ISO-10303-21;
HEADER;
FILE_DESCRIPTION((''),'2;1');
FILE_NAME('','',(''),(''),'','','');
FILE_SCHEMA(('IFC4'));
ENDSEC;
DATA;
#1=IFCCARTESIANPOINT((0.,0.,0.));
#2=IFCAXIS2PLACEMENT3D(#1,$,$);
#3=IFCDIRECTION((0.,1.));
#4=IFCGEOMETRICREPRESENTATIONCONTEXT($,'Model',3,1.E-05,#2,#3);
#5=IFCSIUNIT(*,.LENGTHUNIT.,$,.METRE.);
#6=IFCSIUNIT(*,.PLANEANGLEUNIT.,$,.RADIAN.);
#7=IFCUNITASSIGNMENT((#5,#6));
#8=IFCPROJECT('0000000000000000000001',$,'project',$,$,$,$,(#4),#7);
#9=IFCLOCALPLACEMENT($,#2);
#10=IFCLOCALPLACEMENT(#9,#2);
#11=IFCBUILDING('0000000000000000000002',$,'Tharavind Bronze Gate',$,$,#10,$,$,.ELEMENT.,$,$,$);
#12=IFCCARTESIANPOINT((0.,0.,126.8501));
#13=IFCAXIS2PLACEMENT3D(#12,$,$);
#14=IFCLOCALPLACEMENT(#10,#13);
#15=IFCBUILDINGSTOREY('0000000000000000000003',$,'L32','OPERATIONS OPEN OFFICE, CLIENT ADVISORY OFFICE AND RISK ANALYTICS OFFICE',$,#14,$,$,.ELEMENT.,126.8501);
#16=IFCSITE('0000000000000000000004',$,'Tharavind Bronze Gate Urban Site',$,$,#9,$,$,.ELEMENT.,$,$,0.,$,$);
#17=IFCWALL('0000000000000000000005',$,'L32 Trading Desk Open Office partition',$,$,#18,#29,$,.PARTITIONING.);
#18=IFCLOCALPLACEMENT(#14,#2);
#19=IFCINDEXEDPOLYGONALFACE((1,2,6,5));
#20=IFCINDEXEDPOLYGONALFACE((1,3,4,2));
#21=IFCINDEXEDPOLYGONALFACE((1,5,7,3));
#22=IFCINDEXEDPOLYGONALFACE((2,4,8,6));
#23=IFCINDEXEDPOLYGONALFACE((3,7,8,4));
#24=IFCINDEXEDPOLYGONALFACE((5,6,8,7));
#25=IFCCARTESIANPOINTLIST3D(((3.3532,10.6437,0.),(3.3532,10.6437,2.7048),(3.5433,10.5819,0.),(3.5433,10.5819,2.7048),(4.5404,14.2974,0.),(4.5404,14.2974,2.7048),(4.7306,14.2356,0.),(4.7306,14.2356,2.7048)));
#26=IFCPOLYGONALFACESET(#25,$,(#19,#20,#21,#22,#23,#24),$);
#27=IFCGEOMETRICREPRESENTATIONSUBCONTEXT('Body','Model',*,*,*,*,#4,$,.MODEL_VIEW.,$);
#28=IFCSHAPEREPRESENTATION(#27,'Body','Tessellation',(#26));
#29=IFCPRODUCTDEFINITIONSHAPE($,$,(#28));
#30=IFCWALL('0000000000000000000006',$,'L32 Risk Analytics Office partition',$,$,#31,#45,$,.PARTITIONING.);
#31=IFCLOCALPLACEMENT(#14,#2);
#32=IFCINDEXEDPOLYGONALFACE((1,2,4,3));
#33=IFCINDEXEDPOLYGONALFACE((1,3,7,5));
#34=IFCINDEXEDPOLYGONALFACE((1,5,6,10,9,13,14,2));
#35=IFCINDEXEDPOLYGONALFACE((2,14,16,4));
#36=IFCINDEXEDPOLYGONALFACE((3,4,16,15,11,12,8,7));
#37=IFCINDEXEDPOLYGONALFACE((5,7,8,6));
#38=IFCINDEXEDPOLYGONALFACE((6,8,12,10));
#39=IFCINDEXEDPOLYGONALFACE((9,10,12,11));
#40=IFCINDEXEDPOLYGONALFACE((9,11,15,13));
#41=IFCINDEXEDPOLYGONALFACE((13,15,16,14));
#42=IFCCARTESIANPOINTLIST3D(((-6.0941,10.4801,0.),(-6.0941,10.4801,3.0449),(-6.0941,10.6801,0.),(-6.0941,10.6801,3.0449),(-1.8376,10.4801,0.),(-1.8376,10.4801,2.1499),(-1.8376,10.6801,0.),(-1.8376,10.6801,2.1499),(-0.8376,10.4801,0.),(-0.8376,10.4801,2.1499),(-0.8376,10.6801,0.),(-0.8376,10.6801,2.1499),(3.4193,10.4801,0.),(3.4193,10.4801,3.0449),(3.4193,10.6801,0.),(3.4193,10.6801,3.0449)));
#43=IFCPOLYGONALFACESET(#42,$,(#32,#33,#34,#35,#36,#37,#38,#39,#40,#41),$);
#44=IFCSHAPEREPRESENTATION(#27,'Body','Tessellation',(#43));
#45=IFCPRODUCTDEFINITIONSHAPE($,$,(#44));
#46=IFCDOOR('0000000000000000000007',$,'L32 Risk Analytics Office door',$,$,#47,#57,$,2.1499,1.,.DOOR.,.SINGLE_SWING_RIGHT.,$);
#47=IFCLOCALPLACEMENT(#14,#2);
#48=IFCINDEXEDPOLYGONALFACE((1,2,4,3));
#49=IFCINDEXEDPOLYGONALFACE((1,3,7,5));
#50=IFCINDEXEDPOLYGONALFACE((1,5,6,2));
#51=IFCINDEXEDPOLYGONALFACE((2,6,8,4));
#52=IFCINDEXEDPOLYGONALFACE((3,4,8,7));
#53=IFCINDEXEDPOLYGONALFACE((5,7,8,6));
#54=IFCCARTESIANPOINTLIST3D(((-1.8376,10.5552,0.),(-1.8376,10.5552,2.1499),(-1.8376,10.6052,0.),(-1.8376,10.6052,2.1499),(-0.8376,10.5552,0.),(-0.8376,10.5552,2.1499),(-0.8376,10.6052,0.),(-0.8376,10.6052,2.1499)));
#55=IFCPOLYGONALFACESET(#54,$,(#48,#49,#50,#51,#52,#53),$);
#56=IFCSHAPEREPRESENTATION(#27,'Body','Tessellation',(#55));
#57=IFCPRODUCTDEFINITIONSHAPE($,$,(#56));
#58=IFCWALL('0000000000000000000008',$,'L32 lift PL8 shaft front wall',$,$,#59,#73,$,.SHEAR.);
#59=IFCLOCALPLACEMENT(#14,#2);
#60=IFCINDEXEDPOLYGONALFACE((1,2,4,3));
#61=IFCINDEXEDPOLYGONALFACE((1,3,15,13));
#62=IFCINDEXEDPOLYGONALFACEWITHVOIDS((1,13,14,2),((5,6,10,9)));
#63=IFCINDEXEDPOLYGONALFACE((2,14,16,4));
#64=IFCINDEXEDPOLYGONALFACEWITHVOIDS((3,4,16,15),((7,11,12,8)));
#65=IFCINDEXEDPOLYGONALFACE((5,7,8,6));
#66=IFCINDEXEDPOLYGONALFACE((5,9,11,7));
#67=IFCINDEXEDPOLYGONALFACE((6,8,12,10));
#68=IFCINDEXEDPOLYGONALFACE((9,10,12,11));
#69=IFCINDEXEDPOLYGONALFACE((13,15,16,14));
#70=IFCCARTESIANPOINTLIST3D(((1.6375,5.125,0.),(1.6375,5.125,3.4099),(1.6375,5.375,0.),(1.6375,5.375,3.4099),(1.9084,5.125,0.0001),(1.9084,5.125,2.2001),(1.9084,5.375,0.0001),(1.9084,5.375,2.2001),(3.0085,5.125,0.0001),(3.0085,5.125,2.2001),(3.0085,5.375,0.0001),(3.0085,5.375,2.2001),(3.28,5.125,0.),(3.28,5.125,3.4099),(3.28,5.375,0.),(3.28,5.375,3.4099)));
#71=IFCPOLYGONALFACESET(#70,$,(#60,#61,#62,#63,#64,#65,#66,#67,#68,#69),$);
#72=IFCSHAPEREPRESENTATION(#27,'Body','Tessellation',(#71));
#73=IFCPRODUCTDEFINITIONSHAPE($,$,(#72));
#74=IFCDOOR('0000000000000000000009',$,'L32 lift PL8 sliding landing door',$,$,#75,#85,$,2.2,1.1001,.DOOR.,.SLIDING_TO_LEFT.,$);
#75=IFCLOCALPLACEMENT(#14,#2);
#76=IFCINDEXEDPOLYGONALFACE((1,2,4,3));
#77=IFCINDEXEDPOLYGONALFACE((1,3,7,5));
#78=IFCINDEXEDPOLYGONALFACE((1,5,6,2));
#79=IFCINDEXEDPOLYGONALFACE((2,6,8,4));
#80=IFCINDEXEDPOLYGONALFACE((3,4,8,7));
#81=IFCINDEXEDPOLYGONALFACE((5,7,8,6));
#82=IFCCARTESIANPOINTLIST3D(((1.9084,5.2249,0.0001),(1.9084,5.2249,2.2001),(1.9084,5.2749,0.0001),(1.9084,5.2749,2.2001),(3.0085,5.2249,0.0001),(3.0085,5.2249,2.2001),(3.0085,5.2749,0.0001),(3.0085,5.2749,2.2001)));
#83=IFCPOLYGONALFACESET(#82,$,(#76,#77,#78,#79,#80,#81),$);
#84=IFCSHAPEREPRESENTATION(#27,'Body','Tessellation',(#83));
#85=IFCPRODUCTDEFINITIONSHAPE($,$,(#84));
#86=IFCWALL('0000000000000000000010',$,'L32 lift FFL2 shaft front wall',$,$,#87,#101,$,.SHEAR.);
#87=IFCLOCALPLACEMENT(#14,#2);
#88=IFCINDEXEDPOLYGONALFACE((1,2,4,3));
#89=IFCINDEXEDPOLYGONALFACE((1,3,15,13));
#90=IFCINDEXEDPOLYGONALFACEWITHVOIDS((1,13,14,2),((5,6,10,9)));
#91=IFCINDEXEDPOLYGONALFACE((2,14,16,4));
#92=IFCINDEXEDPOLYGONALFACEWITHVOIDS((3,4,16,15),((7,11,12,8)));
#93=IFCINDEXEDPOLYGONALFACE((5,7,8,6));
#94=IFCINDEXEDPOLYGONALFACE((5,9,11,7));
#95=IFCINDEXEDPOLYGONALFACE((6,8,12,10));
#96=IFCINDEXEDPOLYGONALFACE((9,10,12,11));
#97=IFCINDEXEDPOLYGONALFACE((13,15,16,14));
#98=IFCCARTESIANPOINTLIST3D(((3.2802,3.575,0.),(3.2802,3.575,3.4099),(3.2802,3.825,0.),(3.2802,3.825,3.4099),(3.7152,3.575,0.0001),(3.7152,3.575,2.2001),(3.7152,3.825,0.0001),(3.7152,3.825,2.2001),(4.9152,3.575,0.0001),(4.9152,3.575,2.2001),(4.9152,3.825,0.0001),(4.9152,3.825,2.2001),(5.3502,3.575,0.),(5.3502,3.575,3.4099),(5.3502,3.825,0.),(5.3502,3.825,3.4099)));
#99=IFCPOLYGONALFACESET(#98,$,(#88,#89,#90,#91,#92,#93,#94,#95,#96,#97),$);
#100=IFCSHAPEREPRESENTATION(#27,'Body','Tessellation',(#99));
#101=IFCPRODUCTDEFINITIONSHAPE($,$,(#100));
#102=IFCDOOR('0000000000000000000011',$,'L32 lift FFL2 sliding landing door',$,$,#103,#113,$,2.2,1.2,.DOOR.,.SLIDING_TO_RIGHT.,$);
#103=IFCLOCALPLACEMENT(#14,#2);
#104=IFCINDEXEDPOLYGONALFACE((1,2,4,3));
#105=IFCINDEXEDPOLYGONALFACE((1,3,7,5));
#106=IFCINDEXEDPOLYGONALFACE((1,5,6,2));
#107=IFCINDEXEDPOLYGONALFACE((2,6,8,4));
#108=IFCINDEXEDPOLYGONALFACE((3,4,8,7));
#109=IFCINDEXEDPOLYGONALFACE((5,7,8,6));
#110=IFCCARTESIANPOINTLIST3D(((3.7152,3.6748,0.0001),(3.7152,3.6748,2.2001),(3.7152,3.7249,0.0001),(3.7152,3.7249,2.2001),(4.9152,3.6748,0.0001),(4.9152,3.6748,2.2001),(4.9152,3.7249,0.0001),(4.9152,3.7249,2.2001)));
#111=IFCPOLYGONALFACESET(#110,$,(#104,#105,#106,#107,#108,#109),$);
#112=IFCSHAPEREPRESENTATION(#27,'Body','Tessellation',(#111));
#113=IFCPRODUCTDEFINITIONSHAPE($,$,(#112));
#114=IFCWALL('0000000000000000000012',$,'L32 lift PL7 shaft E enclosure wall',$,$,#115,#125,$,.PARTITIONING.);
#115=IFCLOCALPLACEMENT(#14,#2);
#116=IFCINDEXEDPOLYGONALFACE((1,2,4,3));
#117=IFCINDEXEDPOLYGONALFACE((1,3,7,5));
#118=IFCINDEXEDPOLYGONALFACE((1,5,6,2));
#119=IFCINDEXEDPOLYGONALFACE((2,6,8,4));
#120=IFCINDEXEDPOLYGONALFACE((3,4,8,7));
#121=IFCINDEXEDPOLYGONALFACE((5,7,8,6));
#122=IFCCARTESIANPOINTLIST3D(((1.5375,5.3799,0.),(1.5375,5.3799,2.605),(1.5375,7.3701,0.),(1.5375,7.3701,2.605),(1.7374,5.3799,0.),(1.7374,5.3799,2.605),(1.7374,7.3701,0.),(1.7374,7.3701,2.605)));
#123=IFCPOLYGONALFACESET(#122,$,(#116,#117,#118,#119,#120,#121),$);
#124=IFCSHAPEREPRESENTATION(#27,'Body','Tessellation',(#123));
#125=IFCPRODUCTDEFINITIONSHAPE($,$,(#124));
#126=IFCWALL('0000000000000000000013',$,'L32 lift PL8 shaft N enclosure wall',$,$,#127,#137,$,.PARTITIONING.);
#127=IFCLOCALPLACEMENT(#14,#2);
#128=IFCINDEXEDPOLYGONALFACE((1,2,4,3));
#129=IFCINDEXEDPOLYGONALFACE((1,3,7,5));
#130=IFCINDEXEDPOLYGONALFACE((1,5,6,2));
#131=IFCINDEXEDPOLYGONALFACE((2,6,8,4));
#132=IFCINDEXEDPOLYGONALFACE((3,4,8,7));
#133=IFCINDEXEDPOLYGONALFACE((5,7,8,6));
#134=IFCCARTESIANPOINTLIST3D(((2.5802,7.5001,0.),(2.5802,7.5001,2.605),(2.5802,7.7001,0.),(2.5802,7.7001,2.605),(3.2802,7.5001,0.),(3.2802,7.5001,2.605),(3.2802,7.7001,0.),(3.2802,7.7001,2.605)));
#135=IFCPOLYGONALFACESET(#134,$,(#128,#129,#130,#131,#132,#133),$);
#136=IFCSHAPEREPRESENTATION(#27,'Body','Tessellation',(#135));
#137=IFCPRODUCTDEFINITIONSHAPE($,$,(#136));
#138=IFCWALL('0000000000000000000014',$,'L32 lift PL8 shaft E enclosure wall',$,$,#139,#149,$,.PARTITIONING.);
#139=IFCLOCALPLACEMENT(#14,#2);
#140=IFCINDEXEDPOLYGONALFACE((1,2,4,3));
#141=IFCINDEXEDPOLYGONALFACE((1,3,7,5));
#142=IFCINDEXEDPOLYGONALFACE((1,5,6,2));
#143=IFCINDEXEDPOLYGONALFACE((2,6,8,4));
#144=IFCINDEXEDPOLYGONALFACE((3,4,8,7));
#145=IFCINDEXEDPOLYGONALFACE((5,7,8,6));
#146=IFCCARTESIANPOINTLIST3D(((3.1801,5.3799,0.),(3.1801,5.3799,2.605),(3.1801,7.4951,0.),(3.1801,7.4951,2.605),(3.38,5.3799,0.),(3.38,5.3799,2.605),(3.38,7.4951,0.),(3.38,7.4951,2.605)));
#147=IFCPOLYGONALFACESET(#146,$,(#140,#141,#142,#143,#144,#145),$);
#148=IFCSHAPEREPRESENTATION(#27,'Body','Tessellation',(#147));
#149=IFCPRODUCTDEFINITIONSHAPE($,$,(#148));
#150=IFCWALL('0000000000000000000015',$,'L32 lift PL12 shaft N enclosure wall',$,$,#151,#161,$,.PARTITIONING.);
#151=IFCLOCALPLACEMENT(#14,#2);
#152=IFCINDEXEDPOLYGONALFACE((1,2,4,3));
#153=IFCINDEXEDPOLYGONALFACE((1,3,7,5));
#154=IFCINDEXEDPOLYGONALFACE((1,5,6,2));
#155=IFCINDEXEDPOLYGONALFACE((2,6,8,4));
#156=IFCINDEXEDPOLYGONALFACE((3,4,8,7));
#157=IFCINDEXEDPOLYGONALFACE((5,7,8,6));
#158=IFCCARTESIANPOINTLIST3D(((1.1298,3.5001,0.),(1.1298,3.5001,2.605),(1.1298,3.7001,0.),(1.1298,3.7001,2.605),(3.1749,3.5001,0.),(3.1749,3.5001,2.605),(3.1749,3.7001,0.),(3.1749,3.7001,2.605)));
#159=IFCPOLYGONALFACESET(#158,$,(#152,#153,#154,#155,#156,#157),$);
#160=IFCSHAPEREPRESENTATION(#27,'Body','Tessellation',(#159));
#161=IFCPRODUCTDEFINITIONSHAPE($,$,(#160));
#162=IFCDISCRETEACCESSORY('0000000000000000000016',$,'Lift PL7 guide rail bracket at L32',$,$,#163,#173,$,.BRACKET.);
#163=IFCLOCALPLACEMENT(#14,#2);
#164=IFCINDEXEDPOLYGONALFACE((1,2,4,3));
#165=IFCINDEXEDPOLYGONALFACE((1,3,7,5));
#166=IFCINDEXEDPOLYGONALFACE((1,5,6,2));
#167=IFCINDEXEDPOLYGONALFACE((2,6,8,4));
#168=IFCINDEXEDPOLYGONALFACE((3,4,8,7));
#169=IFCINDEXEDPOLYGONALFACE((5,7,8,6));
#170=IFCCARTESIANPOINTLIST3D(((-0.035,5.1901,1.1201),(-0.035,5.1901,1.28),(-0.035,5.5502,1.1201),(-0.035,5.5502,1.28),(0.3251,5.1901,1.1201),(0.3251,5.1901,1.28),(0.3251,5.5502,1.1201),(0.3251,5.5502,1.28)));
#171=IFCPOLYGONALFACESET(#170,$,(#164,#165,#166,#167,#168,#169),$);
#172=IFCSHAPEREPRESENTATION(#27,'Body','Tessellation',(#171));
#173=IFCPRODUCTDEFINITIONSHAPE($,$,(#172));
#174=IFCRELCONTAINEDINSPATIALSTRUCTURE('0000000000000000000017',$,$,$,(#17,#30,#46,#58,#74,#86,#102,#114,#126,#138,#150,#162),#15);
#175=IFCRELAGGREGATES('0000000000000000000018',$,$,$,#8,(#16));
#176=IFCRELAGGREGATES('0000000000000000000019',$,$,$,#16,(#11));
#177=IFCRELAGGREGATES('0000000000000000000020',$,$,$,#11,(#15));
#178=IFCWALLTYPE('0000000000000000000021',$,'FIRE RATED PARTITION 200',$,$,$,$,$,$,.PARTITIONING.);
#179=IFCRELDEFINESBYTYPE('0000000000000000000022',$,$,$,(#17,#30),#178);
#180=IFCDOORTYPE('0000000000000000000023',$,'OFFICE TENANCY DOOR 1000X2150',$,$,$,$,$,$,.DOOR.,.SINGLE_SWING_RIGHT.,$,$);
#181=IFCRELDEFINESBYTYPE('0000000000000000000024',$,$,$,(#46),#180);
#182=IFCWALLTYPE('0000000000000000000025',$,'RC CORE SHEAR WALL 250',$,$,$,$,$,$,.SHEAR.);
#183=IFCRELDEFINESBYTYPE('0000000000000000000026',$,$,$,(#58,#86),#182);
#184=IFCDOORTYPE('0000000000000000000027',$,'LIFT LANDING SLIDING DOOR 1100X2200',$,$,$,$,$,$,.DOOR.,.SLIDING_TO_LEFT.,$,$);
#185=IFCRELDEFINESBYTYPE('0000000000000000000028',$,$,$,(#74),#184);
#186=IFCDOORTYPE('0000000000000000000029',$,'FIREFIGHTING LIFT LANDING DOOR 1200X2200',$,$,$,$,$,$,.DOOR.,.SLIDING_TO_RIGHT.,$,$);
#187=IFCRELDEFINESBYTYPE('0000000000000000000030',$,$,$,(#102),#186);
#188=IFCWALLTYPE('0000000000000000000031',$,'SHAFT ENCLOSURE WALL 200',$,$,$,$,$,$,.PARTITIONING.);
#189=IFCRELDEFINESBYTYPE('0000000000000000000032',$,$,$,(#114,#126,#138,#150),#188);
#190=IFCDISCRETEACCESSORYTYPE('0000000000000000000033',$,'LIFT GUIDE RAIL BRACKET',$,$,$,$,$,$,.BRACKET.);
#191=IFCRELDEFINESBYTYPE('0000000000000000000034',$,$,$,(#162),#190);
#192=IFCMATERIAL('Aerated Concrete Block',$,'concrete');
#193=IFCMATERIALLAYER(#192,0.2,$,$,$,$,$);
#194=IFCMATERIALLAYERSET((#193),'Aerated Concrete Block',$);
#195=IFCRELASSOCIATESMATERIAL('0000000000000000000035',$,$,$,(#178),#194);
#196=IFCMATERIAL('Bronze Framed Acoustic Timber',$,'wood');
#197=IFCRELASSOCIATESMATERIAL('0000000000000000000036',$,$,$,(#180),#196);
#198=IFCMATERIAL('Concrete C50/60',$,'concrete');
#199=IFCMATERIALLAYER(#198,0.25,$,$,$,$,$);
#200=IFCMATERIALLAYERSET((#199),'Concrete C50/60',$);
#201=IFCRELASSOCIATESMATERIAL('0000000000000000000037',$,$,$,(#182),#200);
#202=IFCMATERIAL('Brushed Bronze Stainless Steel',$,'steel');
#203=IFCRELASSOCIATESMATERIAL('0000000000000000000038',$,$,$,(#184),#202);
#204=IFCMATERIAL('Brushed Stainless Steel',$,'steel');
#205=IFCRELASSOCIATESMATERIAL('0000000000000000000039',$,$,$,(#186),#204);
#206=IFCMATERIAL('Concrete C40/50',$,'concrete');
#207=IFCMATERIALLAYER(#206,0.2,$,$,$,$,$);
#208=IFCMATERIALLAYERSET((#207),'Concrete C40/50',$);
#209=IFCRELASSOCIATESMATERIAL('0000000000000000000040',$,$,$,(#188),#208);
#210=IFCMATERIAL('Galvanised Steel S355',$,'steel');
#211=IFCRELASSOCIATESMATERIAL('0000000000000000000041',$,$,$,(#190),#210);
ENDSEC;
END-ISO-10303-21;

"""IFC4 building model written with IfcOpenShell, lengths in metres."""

from ifc_helpers import new_model, si_unit, direction, frame, frame_2d, origin, origin_2d, place, context, subcontext, project, spatial, rectangle, extrude, material, layer, layer_set, type_object, element, fill, save


model = new_model("IFC4")

# Units and contexts
model_context = context("Model", 3, precision=1e-05, world=origin(), true_north=direction((0.0, 1.0)))
body_context = subcontext(model_context, "Body", "Model", "MODEL_VIEW")
ifc_project = project(units=[si_unit("LENGTHUNIT", "METRE"), si_unit("PLANEANGLEUNIT", "RADIAN")], contexts=[model_context])

# Site, building, storey
site_placement = place(None, origin())
site = spatial("IfcSite", under=ifc_project, at=site_placement, Name="Tharavind Bronze Gate Urban Site", CompositionType="ELEMENT", RefElevation=0.0)
building_placement = place(site_placement, origin())
building = spatial("IfcBuilding", under=site, at=building_placement, Name="Tharavind Bronze Gate", CompositionType="ELEMENT")
storey_placement = place(building_placement, frame((0.0, 0.0, 126.8501)))
storey = spatial("IfcBuildingStorey", under=building, at=storey_placement, Name="L32", Description="OPERATIONS OPEN OFFICE, CLIENT ADVISORY OFFICE AND RISK ANALYTICS OFFICE", CompositionType="ELEMENT", Elevation=126.8501)

# Wall
ifc_material_1 = material(Name="Aerated Concrete Block", Category="concrete")
ifc_layer_1 = layer(ifc_material_1, 0.2)
ifc_layer_set_1 = layer_set([ifc_layer_1], Name="Aerated Concrete Block")
wall_type_1 = type_object("IfcWallType", Name="FIRE RATED PARTITION 200", PredefinedType="PARTITIONING", material=ifc_layer_set_1)
wall_1_placement = place(storey_placement, frame((3.4482, 10.6128, 0.0), z_axis=(0.0, 0.0, 1.0), x_axis=(0.309031, 0.951052, 0.0)))
element("IfcWall", 1, at=wall_1_placement, inside=storey, type_object=wall_type_1, Name="L32 Trading Desk Open Office partition", PredefinedType="PARTITIONING", context=body_context, shape_type="SweptSolid", body=[
    extrude(rectangle(XDim=3.8418, YDim=0.2, at=frame_2d((1.9209, 0.0))), origin(), (0.0, 0.0, 1.0), 2.7048),
])

# Walls, openings, doors
wall_2_placement = place(storey_placement, frame((3.4194, 10.5801, 0.0), z_axis=(0.0, 0.0, 1.0), x_axis=(-1.0, 0.0, 0.0)))
wall_2 = element("IfcWall", 2, at=wall_2_placement, inside=storey, type_object=wall_type_1, Name="L32 Risk Analytics Office partition", PredefinedType="PARTITIONING", context=body_context, shape_type="SweptSolid", body=[
    extrude(rectangle(XDim=9.5134, YDim=0.2, at=frame_2d((4.7568, 0.0))), origin(), (0.0, 0.0, 1.0), 3.0449),
])
opening_1_placement = place(wall_2_placement, frame((4.2571, 0.0, 0.0)))
opening_1 = element("IfcOpeningElement", 3, at=opening_1_placement, cuts=wall_2, PredefinedType="OPENING", context=body_context, shape_type="SweptSolid", body=[
    extrude(rectangle(XDim=1.0, YDim=2.1499, at=frame_2d((0.5, 1.075))), frame((0.0, 0.1101, 0.0), z_axis=(0.0, -1.0, 0.0), x_axis=(1.0, 0.0, 0.0)), (0.0, 0.0, 1.0), 0.22),
])
ifc_material_2 = material(Name="Bronze Framed Acoustic Timber", Category="wood")
door_type_1 = type_object("IfcDoorType", Name="OFFICE TENANCY DOOR 1000X2150", OperationType="SINGLE_SWING_RIGHT", PredefinedType="DOOR", material=ifc_material_2)
door_1_placement = place(opening_1_placement, origin())
door_1 = element("IfcDoor", 4, at=door_1_placement, inside=storey, type_object=door_type_1, Name="L32 Risk Analytics Office door", OperationType="SINGLE_SWING_RIGHT", OverallHeight=2.1499, OverallWidth=1.0, PredefinedType="DOOR", context=body_context, shape_type="SweptSolid", body=[
    extrude(rectangle(XDim=1.0, YDim=2.1499, at=frame_2d((0.5, 1.075))), frame((0.0, 0.0249, 0.0), z_axis=(0.0, -1.0, 0.0), x_axis=(1.0, 0.0, 0.0)), (0.0, 0.0, 1.0), 0.05),
])
fill(opening_1, door_1)
ifc_material_3 = material(Name="Concrete C50/60", Category="concrete")
ifc_layer_2 = layer(ifc_material_3, 0.25)
ifc_layer_set_2 = layer_set([ifc_layer_2], Name="Concrete C50/60")
wall_type_2 = type_object("IfcWallType", Name="RC CORE SHEAR WALL 250", PredefinedType="SHEAR", material=ifc_layer_set_2)
wall_3_placement = place(storey_placement, frame((1.6375, 5.25, 0.0), z_axis=(0.0, 0.0, 1.0), x_axis=(1.0, 0.0, 0.0)))
wall_3 = element("IfcWall", 5, at=wall_3_placement, inside=storey, type_object=wall_type_2, Name="L32 lift PL8 shaft front wall", PredefinedType="SHEAR", context=body_context, shape_type="SweptSolid", body=[
    extrude(rectangle(XDim=1.6426, YDim=0.25, at=frame_2d((0.8213, 0.0))), origin(), (0.0, 0.0, 1.0), 3.4099),
])
opening_2_placement = place(wall_3_placement, frame((0.271, 0.0, 0.0)))
opening_2 = element("IfcOpeningElement", 6, at=opening_2_placement, cuts=wall_3, PredefinedType="OPENING", context=body_context, shape_type="SweptSolid", body=[
    extrude(rectangle(XDim=1.1001, YDim=2.2, at=frame_2d((0.55, 1.1001))), frame((0.0, 0.135, 0.0), z_axis=(0.0, -1.0, 0.0), x_axis=(1.0, 0.0, 0.0)), (0.0, 0.0, 1.0), 0.27),
])
ifc_material_4 = material(Name="Brushed Bronze Stainless Steel", Category="steel")
door_type_2 = type_object("IfcDoorType", Name="LIFT LANDING SLIDING DOOR 1100X2200", OperationType="SLIDING_TO_LEFT", PredefinedType="DOOR", material=ifc_material_4)
door_2_placement = place(opening_2_placement, origin())
door_2 = element("IfcDoor", 7, at=door_2_placement, inside=storey, type_object=door_type_2, Name="L32 lift PL8 sliding landing door", OperationType="SLIDING_TO_LEFT", OverallHeight=2.2, OverallWidth=1.1001, PredefinedType="DOOR", context=body_context, shape_type="SweptSolid", body=[
    extrude(rectangle(XDim=1.1001, YDim=2.2, at=frame_2d((0.55, 1.1001))), frame((0.0, 0.0249, 0.0), z_axis=(0.0, -1.0, 0.0), x_axis=(1.0, 0.0, 0.0)), (0.0, 0.0, 1.0), 0.05),
])
fill(opening_2, door_2)
wall_4_placement = place(storey_placement, frame((3.28, 3.7, 0.0), z_axis=(0.0, 0.0, 1.0), x_axis=(1.0, 0.0, 0.0)))
wall_4 = element("IfcWall", 8, at=wall_4_placement, inside=storey, type_object=wall_type_2, Name="L32 lift FFL2 shaft front wall", PredefinedType="SHEAR", context=body_context, shape_type="SweptSolid", body=[
    extrude(rectangle(XDim=2.0701, YDim=0.25, at=frame_2d((1.0352, 0.0))), origin(), (0.0, 0.0, 1.0), 3.4099),
])
opening_3_placement = place(wall_4_placement, frame((0.4351, 0.0, 0.0)))
opening_3 = element("IfcOpeningElement", 9, at=opening_3_placement, cuts=wall_4, PredefinedType="OPENING", context=body_context, shape_type="SweptSolid", body=[
    extrude(rectangle(XDim=1.2, YDim=2.2, at=frame_2d((0.6001, 1.1001))), frame((0.0, 0.135, 0.0), z_axis=(0.0, -1.0, 0.0), x_axis=(1.0, 0.0, 0.0)), (0.0, 0.0, 1.0), 0.27),
])
ifc_material_5 = material(Name="Brushed Stainless Steel", Category="steel")
door_type_3 = type_object("IfcDoorType", Name="FIREFIGHTING LIFT LANDING DOOR 1200X2200", OperationType="SLIDING_TO_RIGHT", PredefinedType="DOOR", material=ifc_material_5)
door_3_placement = place(opening_3_placement, origin())
door_3 = element("IfcDoor", 10, at=door_3_placement, inside=storey, type_object=door_type_3, Name="L32 lift FFL2 sliding landing door", OperationType="SLIDING_TO_RIGHT", OverallHeight=2.2, OverallWidth=1.2, PredefinedType="DOOR", context=body_context, shape_type="SweptSolid", body=[
    extrude(rectangle(XDim=1.2, YDim=2.2, at=frame_2d((0.6001, 1.1001))), frame((0.0, 0.0249, 0.0), z_axis=(0.0, -1.0, 0.0), x_axis=(1.0, 0.0, 0.0)), (0.0, 0.0, 1.0), 0.05),
])
fill(opening_3, door_3)

# Walls
ifc_material_6 = material(Name="Concrete C40/50", Category="concrete")
ifc_layer_3 = layer(ifc_material_6, 0.2)
ifc_layer_set_3 = layer_set([ifc_layer_3], Name="Concrete C40/50")
wall_type_3 = type_object("IfcWallType", Name="SHAFT ENCLOSURE WALL 200", PredefinedType="PARTITIONING", material=ifc_layer_set_3)
wall_5_placement = place(storey_placement, frame((1.6375, 5.3799, 0.0), z_axis=(0.0, 0.0, 1.0), x_axis=(0.0, 1.0, 0.0)))
element("IfcWall", 11, at=wall_5_placement, inside=storey, type_object=wall_type_3, Name="L32 lift PL7 shaft E enclosure wall", PredefinedType="PARTITIONING", context=body_context, shape_type="SweptSolid", body=[
    extrude(rectangle(XDim=1.9902, YDim=0.2, at=frame_2d((0.9951, 0.0))), origin(), (0.0, 0.0, 1.0), 2.605),
])
wall_6_placement = place(storey_placement, frame((2.5801, 7.6001, 0.0), z_axis=(0.0, 0.0, 1.0), x_axis=(1.0, 0.0, 0.0)))
element("IfcWall", 12, at=wall_6_placement, inside=storey, type_object=wall_type_3, Name="L32 lift PL8 shaft N enclosure wall", PredefinedType="PARTITIONING", context=body_context, shape_type="SweptSolid", body=[
    extrude(rectangle(XDim=0.7, YDim=0.2, at=frame_2d((0.3501, 0.0))), origin(), (0.0, 0.0, 1.0), 2.605),
])
wall_7_placement = place(storey_placement, frame((3.28, 5.3799, 0.0), z_axis=(0.0, 0.0, 1.0), x_axis=(0.0, 1.0, 0.0)))
element("IfcWall", 13, at=wall_7_placement, inside=storey, type_object=wall_type_3, Name="L32 lift PL8 shaft E enclosure wall", PredefinedType="PARTITIONING", context=body_context, shape_type="SweptSolid", body=[
    extrude(rectangle(XDim=2.1152, YDim=0.2, at=frame_2d((1.0576, 0.0))), origin(), (0.0, 0.0, 1.0), 2.605),
])
wall_8_placement = place(storey_placement, frame((1.1299, 3.6001, 0.0), z_axis=(0.0, 0.0, 1.0), x_axis=(1.0, 0.0, 0.0)))
element("IfcWall", 14, at=wall_8_placement, inside=storey, type_object=wall_type_3, Name="L32 lift PL12 shaft N enclosure wall", PredefinedType="PARTITIONING", context=body_context, shape_type="SweptSolid", body=[
    extrude(rectangle(XDim=2.0452, YDim=0.2, at=frame_2d((1.0225, 0.0))), origin(), (0.0, 0.0, 1.0), 2.605),
])

# Discrete accessory
ifc_material_7 = material(Name="Galvanised Steel S355", Category="steel")
discrete_accessory_type = type_object("IfcDiscreteAccessoryType", Name="LIFT GUIDE RAIL BRACKET", PredefinedType="BRACKET", material=ifc_material_7)
for number, where, z_axis, x_axis, name in (
    (15, (0.145, 5.3701, 1.1201), (0.0, 0.0, 1.0), (1.0, 0.0, 0.0), "Lift PL7 guide rail bracket at L32"),
):
    element("IfcDiscreteAccessory", number, at=place(storey_placement, frame(where, z_axis=z_axis, x_axis=x_axis)), inside=storey, type_object=discrete_accessory_type, Name=name, PredefinedType="BRACKET", context=body_context, shape_type="SweptSolid", body=[
        extrude(rectangle(XDim=0.3601, YDim=0.3601, at=origin_2d()), origin(), (0.0, 0.0, 1.0), 0.1599),
    ])

save(model, "model.ifc")
